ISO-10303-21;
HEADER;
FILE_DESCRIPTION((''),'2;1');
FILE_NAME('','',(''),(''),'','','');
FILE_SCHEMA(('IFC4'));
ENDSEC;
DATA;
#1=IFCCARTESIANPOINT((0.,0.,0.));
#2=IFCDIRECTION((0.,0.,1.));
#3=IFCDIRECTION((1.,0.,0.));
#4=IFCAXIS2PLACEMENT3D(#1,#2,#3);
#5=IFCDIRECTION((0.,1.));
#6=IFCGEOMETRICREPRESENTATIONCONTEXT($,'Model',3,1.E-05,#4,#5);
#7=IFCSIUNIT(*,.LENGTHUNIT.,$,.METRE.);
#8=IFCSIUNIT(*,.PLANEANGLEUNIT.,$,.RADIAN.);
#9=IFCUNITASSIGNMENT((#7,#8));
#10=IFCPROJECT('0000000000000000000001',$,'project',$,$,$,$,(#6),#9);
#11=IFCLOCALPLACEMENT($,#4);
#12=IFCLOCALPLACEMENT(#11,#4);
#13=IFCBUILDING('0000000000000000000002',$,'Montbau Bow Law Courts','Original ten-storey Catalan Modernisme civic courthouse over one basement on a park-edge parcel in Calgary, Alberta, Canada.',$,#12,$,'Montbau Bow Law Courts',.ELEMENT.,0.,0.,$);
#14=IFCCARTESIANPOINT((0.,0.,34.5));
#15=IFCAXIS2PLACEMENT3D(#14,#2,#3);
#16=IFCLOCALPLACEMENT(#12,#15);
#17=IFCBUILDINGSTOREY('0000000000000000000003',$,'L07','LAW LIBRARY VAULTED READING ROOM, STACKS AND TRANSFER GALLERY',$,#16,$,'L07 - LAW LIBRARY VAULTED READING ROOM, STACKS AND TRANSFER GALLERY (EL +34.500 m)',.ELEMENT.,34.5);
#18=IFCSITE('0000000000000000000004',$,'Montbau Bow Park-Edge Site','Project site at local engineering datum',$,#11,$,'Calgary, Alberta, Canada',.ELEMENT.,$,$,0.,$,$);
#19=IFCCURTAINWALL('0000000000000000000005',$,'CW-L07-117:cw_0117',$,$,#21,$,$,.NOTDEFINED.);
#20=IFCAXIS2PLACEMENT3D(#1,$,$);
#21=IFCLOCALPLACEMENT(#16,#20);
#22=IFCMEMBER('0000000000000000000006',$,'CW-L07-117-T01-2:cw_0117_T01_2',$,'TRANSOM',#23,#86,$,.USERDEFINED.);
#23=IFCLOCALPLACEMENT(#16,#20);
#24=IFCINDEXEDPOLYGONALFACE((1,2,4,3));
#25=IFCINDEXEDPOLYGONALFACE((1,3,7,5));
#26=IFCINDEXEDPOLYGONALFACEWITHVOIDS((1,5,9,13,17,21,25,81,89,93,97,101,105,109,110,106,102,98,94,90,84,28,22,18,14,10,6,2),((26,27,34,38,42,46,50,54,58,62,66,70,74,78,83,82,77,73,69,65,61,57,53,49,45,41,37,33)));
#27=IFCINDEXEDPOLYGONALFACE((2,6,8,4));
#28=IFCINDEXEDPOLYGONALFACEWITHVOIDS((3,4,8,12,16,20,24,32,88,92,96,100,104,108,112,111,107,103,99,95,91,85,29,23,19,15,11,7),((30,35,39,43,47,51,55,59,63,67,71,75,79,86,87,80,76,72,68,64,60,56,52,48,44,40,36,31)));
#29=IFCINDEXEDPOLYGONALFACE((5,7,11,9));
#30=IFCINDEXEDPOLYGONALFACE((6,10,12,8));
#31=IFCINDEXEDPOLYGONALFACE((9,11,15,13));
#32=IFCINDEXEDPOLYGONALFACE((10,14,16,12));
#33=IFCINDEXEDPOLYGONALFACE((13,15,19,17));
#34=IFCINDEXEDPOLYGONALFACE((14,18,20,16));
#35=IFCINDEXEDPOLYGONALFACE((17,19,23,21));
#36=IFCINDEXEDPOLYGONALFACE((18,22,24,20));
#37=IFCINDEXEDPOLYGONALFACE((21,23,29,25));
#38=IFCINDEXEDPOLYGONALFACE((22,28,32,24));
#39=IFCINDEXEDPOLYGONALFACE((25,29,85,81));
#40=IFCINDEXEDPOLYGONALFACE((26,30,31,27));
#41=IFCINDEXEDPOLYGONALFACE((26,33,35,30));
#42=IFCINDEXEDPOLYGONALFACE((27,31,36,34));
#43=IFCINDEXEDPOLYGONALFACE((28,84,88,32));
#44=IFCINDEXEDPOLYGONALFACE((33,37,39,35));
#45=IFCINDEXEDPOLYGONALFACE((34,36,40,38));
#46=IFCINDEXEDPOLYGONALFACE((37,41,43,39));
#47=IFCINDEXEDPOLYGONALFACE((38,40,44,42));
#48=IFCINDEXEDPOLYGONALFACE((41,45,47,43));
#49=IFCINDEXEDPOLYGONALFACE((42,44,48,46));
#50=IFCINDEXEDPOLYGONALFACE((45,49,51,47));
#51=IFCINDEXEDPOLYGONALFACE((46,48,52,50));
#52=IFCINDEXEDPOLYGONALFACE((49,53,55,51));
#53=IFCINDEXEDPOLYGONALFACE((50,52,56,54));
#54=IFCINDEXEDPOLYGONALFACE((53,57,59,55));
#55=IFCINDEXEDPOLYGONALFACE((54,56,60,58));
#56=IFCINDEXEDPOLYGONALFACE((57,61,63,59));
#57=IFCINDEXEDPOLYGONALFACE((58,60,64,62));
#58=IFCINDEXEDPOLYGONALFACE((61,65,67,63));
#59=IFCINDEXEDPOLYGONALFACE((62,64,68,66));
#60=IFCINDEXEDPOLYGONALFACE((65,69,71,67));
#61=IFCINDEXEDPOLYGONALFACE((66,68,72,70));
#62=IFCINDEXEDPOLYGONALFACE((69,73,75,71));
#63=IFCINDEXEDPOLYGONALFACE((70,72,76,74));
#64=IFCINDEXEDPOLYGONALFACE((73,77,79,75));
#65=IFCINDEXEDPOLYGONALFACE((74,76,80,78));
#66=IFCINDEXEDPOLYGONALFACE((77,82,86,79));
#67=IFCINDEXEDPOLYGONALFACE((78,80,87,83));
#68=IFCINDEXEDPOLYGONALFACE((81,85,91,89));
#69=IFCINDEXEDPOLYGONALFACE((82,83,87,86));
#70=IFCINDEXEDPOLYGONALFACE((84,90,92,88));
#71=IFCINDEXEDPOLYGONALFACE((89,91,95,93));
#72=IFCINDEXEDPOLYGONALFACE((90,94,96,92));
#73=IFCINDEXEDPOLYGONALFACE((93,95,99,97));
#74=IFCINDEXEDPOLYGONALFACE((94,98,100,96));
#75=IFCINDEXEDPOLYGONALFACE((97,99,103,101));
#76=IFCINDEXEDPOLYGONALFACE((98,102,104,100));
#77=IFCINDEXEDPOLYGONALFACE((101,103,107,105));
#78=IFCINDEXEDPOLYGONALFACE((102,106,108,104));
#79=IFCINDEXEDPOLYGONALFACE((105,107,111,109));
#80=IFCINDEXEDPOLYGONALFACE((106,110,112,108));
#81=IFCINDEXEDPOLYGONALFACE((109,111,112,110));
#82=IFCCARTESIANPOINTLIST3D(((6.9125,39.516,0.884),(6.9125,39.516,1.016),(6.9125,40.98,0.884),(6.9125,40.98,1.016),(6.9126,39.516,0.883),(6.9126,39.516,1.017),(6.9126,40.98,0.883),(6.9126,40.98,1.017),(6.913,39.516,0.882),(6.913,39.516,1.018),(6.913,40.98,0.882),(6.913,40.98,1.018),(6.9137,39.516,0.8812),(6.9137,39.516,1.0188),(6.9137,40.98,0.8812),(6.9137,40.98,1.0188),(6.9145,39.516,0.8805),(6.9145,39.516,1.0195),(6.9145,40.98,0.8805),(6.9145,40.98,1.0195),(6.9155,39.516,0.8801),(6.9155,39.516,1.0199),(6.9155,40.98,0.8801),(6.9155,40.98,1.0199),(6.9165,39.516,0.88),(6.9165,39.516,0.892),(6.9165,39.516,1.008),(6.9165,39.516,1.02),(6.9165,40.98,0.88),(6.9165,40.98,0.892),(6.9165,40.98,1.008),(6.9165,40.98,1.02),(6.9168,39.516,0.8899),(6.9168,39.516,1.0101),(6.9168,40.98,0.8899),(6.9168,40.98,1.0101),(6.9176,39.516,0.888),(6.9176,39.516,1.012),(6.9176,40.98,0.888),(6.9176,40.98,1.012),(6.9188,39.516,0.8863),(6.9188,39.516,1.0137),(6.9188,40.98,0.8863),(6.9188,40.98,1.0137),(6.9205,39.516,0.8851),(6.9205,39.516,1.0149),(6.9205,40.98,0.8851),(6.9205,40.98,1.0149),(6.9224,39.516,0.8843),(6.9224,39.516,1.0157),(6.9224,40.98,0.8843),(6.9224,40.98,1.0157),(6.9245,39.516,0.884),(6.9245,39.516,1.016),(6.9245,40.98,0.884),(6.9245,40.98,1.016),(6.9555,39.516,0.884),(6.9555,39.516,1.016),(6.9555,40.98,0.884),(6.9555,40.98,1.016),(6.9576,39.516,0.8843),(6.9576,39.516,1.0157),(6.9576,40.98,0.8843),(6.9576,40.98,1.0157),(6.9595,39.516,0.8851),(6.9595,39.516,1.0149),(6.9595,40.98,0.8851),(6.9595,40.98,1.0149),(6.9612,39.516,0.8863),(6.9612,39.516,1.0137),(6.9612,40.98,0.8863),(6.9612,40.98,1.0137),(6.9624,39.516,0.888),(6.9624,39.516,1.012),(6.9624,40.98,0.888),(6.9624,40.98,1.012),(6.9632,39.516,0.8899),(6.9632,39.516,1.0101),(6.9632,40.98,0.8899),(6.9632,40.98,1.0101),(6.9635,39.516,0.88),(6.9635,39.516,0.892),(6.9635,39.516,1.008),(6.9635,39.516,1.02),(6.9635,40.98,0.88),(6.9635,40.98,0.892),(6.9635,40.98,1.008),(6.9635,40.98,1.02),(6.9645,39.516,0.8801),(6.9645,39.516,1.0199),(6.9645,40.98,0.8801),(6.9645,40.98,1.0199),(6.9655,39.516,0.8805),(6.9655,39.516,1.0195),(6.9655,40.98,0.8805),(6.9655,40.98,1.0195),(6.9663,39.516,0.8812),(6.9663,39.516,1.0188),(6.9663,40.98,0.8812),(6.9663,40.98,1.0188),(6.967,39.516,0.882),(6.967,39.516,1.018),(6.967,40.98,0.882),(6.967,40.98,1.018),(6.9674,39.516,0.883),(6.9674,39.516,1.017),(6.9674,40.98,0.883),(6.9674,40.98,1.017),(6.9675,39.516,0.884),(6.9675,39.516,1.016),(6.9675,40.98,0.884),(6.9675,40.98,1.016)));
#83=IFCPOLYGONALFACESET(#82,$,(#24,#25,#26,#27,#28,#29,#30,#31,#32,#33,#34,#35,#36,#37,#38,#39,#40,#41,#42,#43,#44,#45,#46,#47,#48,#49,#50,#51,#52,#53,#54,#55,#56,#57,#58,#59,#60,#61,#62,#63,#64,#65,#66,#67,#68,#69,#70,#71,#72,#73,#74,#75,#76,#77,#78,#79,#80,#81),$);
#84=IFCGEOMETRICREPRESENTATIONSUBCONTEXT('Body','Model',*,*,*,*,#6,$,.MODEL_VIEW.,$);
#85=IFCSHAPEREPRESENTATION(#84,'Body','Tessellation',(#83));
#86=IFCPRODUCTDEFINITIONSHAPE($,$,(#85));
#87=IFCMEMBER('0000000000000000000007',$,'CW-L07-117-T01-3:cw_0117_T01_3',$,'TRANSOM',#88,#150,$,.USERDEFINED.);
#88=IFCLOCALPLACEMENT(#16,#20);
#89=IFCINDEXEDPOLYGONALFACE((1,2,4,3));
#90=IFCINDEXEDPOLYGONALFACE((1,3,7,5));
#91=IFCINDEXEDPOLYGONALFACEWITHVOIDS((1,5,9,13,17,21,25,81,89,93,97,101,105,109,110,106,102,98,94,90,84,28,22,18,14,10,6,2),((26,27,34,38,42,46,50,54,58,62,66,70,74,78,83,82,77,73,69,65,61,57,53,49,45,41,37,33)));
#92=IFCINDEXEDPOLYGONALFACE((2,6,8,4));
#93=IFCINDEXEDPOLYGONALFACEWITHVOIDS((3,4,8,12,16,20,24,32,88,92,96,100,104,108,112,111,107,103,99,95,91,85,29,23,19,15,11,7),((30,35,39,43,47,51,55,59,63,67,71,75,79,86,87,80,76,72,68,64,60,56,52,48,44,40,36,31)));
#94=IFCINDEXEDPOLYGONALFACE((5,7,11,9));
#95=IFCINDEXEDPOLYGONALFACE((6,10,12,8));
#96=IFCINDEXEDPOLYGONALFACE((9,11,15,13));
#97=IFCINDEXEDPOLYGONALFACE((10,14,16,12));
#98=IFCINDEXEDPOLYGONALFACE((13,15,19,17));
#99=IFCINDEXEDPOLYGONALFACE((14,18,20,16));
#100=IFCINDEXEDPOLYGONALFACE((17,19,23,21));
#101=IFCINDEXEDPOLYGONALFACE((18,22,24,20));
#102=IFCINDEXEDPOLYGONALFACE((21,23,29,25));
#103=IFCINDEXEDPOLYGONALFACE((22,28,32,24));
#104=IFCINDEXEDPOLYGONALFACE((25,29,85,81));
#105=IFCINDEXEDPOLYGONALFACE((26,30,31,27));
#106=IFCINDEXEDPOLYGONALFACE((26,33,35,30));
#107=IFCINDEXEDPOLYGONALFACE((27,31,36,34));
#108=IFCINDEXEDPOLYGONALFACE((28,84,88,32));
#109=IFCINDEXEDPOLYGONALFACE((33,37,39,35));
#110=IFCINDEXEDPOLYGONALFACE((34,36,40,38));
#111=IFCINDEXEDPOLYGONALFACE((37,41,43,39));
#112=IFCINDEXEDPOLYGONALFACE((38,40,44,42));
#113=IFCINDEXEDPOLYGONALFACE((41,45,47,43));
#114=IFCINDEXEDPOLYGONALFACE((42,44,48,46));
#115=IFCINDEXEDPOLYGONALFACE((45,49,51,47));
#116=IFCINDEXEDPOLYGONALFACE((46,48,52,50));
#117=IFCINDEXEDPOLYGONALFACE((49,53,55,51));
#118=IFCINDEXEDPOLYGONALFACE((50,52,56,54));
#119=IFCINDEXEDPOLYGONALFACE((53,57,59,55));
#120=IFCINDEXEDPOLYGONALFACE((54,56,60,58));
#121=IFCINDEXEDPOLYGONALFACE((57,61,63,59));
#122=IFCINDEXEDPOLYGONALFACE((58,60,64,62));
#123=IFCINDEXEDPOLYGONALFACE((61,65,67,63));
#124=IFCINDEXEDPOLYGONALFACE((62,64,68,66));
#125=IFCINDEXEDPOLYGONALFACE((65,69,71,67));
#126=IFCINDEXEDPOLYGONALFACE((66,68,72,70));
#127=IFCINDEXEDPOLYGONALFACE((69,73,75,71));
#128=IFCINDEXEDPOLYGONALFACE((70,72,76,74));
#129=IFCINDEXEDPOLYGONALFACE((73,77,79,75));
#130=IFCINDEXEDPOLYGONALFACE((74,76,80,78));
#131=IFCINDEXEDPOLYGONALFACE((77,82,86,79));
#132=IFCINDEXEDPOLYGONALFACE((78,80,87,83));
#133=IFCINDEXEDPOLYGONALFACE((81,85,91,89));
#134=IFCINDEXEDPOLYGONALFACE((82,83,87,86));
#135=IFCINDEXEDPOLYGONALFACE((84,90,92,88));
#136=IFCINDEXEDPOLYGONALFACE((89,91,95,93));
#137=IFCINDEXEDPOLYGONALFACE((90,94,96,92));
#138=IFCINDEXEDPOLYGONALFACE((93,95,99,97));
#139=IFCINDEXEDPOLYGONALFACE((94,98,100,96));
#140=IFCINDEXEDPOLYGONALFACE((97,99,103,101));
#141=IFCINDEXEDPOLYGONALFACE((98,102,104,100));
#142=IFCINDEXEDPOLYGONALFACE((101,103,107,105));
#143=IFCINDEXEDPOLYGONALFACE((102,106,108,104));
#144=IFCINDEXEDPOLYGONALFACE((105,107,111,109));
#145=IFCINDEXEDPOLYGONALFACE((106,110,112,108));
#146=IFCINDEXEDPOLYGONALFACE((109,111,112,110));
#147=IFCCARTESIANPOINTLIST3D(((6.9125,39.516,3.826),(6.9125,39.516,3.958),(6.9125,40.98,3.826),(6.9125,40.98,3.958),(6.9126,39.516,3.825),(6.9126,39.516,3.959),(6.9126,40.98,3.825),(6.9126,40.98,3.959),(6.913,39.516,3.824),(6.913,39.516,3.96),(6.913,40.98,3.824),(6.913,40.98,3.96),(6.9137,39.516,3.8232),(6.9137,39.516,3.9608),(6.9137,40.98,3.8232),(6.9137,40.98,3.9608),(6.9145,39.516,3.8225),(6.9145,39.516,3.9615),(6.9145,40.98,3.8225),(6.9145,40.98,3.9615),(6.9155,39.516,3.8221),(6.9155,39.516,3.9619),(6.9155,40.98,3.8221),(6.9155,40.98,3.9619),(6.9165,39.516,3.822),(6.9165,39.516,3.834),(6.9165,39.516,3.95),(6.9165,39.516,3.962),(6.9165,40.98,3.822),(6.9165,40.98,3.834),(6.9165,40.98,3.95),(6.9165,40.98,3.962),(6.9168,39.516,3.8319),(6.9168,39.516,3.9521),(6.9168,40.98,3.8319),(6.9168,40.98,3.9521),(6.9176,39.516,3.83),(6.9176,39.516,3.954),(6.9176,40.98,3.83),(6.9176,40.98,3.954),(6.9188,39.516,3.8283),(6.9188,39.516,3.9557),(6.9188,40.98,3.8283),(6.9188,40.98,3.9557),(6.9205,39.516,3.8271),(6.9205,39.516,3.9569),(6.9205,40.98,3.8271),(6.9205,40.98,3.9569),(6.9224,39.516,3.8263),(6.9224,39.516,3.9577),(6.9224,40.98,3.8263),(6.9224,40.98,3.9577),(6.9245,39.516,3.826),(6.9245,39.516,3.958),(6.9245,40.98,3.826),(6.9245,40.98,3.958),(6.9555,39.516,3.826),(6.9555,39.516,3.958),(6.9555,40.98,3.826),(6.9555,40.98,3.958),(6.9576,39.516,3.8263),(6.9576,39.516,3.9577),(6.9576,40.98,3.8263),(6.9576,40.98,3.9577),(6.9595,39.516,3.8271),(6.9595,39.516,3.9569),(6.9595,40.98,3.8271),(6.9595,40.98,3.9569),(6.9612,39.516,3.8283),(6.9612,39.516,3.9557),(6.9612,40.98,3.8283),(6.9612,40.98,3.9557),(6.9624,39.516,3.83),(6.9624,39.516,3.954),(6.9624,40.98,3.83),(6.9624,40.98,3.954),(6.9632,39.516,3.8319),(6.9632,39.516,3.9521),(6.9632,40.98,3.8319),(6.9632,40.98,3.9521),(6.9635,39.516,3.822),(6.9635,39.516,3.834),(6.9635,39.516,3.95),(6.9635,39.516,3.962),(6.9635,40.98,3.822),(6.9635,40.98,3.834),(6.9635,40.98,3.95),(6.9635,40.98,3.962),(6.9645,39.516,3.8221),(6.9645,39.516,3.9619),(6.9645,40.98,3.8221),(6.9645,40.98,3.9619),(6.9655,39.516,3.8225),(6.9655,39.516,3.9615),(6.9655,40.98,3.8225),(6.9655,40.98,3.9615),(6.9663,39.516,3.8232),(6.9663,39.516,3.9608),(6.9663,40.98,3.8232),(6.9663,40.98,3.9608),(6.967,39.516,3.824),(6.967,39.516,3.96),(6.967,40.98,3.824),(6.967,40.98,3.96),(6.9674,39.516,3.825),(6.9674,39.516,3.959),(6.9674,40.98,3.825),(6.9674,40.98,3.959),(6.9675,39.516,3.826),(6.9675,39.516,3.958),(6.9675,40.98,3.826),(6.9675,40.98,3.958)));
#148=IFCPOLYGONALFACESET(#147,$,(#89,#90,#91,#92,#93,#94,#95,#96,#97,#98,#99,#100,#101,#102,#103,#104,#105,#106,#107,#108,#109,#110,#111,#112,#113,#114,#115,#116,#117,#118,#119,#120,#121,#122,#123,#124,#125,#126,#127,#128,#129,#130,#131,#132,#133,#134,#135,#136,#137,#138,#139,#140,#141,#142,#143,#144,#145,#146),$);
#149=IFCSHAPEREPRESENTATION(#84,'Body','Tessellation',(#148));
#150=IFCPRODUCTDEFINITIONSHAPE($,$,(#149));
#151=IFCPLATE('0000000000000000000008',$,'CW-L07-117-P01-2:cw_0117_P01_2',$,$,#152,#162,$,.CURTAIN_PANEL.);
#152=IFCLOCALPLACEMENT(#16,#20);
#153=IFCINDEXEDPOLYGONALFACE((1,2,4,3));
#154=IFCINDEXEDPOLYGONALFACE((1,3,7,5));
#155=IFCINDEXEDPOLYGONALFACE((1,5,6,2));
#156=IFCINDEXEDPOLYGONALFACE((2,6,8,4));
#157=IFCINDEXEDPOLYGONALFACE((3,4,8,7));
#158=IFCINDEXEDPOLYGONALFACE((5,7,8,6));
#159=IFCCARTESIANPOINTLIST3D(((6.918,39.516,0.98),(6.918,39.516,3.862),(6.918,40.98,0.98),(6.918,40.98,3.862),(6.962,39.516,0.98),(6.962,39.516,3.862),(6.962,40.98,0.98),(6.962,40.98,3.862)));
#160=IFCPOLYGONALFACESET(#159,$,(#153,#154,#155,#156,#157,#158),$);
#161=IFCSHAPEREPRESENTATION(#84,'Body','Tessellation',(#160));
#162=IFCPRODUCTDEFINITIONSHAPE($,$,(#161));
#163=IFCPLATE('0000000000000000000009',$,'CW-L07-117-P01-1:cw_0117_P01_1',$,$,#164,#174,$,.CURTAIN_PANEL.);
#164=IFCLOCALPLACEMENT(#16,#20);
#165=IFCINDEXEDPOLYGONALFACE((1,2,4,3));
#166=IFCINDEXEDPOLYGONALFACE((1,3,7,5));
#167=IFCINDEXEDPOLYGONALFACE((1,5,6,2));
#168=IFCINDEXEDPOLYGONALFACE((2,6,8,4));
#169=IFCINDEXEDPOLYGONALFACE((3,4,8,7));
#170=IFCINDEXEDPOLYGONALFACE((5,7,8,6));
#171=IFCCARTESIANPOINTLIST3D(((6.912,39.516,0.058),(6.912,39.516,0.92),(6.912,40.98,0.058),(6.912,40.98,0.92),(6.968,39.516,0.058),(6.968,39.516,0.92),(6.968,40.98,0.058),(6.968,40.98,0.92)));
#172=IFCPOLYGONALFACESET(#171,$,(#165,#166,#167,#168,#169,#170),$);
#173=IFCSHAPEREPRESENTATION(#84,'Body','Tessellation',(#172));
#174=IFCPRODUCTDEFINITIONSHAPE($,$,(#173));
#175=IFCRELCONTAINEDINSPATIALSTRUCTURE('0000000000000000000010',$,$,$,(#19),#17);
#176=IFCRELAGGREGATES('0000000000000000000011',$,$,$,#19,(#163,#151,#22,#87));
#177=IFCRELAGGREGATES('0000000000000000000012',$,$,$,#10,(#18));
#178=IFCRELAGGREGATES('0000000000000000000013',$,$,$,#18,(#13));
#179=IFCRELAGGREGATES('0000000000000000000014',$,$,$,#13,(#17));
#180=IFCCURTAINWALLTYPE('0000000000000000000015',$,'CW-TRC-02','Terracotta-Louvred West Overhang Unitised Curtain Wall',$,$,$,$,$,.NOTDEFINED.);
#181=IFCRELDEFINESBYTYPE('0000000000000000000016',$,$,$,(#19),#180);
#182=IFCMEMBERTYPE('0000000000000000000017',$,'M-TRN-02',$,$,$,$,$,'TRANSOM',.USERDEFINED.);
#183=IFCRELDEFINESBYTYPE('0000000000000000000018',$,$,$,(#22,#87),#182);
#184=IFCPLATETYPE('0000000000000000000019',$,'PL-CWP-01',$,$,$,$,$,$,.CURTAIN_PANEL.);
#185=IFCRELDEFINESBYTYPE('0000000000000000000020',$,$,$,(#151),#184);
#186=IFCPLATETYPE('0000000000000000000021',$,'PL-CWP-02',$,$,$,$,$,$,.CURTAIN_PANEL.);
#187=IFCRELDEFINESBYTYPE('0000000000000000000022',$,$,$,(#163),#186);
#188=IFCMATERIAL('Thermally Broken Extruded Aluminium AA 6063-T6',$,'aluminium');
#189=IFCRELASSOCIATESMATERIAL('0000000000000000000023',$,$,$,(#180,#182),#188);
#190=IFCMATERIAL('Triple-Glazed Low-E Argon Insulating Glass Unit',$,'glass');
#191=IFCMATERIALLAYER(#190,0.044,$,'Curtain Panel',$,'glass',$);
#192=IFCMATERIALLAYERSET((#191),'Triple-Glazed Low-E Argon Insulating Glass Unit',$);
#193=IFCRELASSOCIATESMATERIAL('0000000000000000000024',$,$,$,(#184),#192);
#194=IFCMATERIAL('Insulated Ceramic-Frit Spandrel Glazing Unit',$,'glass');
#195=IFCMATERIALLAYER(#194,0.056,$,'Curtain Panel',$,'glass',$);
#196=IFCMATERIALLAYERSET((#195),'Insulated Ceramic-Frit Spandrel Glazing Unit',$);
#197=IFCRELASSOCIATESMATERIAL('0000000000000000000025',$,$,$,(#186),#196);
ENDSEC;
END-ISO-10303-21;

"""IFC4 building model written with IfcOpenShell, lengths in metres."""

from ifc_helpers import new_model, si_unit, direction, frame, frame_2d, origin_with_axes, origin_2d_with_axis, place, context, subcontext, project, spatial, rectangle, hollow_rectangle, extrude, material, layer, layer_set, material_profile, profile_set, type_object, element, aggregate, save


model = new_model("IFC4")

# Units and contexts
model_context = context("Model", 3, precision=1e-05, world=origin_with_axes(), true_north=direction((0.0, 1.0)))
body_context = subcontext(model_context, "Body", "Model", "MODEL_VIEW")
ifc_project = project(units=[si_unit("LENGTHUNIT", "METRE"), si_unit("PLANEANGLEUNIT", "RADIAN")], contexts=[model_context])

# Site, building, storey
site_placement = place(None, origin_with_axes())
site = spatial("IfcSite", under=ifc_project, at=site_placement, Name="Montbau Bow Park-Edge Site", Description="Project site at local engineering datum", LongName="Calgary, Alberta, Canada", CompositionType="ELEMENT", RefElevation=0.0)
building_placement = place(site_placement, origin_with_axes())
building = spatial("IfcBuilding", under=site, at=building_placement, Name="Montbau Bow Law Courts", Description="Original ten-storey Catalan Modernisme civic courthouse over one basement on a park-edge parcel in Calgary, Alberta, Canada.", LongName="Montbau Bow Law Courts", CompositionType="ELEMENT", ElevationOfRefHeight=0.0, ElevationOfTerrain=0.0)
storey_placement = place(building_placement, frame((0.0, 0.0, 34.5), z_axis=(0.0, 0.0, 1.0), x_axis=(1.0, 0.0, 0.0)))
storey = spatial("IfcBuildingStorey", under=building, at=storey_placement, Name="L07", Description="LAW LIBRARY VAULTED READING ROOM, STACKS AND TRANSFER GALLERY", LongName="L07 - LAW LIBRARY VAULTED READING ROOM, STACKS AND TRANSFER GALLERY (EL +34.500 m)", CompositionType="ELEMENT", Elevation=34.5)

# Curtain wall, members, plates
ifc_material_1 = material(Name="Thermally Broken Extruded Aluminium AA 6063-T6", Category="aluminium")
curtain_wall_type = type_object("IfcCurtainWallType", Name="CW-TRC-02", Description="Terracotta-Louvred West Overhang Unitised Curtain Wall", PredefinedType="NOTDEFINED", material=ifc_material_1)
curtain_wall_placement = place(None, frame((6.94, 39.44, 34.5), z_axis=(0.0, 0.0, 1.0), x_axis=(1.0, 0.0, 0.0)))
curtain_wall = element("IfcCurtainWall", 1, at=curtain_wall_placement, inside=storey, type_object=curtain_wall_type, Name="CW-L07-117:cw_0117", PredefinedType="NOTDEFINED")
ifc_material_profile_1 = material_profile(ifc_material_1, hollow_rectangle(XDim=0.055, YDim=0.14, WallThickness=0.004, InnerFilletRadius=0.008, OuterFilletRadius=0.004, at=origin_2d_with_axis()), Name="CWT-140X55", Category="Main", Priority=0)
ifc_profile_set_1 = profile_set([ifc_material_profile_1], Name="Thermally Broken Extruded Aluminium AA 6063-T6")
member_type_1 = type_object("IfcMemberType", Name="M-TRN-02", ElementType="TRANSOM", PredefinedType="USERDEFINED", material=ifc_profile_set_1)
member_1_placement = place(None, frame((6.94, 39.516, 35.45), z_axis=(0.0, 1.0, 0.0), x_axis=(-1.0, 0.0, 0.0)))
member_1 = element("IfcMember", 2, at=member_1_placement, type_object=member_type_1, Name="CW-L07-117-T01-2:cw_0117_T01_2", ObjectType="TRANSOM", PredefinedType="USERDEFINED", context=body_context, shape_type="SweptSolid", body=[
    extrude(hollow_rectangle(XDim=0.055, YDim=0.14, WallThickness=0.004, InnerFilletRadius=0.008, OuterFilletRadius=0.004, at=origin_2d_with_axis()), origin_with_axes(), (0.0, 0.0, 1.0), 1.464),
])
member_2_placement = place(None, frame((6.94, 39.516, 38.392), z_axis=(0.0, 1.0, 0.0), x_axis=(-1.0, 0.0, 0.0)))
member_2 = element("IfcMember", 3, at=member_2_placement, type_object=member_type_1, Name="CW-L07-117-T01-3:cw_0117_T01_3", ObjectType="TRANSOM", PredefinedType="USERDEFINED", context=body_context, shape_type="SweptSolid", body=[
    extrude(hollow_rectangle(XDim=0.055, YDim=0.14, WallThickness=0.004, InnerFilletRadius=0.008, OuterFilletRadius=0.004, at=origin_2d_with_axis()), origin_with_axes(), (0.0, 0.0, 1.0), 1.464),
])
ifc_material_2 = material(Name="Triple-Glazed Low-E Argon Insulating Glass Unit", Category="glass")
ifc_layer_1 = layer(ifc_material_2, 0.044, Name="Curtain Panel", Category="glass")
ifc_layer_set_1 = layer_set([ifc_layer_1], Name="Triple-Glazed Low-E Argon Insulating Glass Unit")
plate_type_1 = type_object("IfcPlateType", Name="PL-CWP-01", PredefinedType="CURTAIN_PANEL", material=ifc_layer_set_1)
plate_1_placement = place(None, frame((6.94, 39.516, 35.48), z_axis=(1.0, 0.0, 0.0), x_axis=(0.0, 1.0, 0.0)))
plate_1 = element("IfcPlate", 4, at=plate_1_placement, type_object=plate_type_1, Name="CW-L07-117-P01-2:cw_0117_P01_2", PredefinedType="CURTAIN_PANEL", context=body_context, shape_type="SweptSolid", body=[
    extrude(rectangle(XDim=1.464, YDim=2.882, at=frame_2d((0.732, 1.441), x_axis=(1.0, 0.0))), frame((0.0, 0.0, -0.022), z_axis=(0.0, 0.0, 1.0), x_axis=(1.0, 0.0, 0.0)), (0.0, 0.0, 1.0), 0.044),
])
ifc_material_3 = material(Name="Insulated Ceramic-Frit Spandrel Glazing Unit", Category="glass")
ifc_layer_2 = layer(ifc_material_3, 0.056, Name="Curtain Panel", Category="glass")
ifc_layer_set_2 = layer_set([ifc_layer_2], Name="Insulated Ceramic-Frit Spandrel Glazing Unit")
plate_type_2 = type_object("IfcPlateType", Name="PL-CWP-02", PredefinedType="CURTAIN_PANEL", material=ifc_layer_set_2)
plate_2_placement = place(None, frame((6.94, 39.516, 34.558), z_axis=(1.0, 0.0, 0.0), x_axis=(0.0, 1.0, 0.0)))
plate_2 = element("IfcPlate", 5, at=plate_2_placement, type_object=plate_type_2, Name="CW-L07-117-P01-1:cw_0117_P01_1", PredefinedType="CURTAIN_PANEL", context=body_context, shape_type="SweptSolid", body=[
    extrude(rectangle(XDim=1.464, YDim=0.862, at=frame_2d((0.732, 0.431), x_axis=(1.0, 0.0))), frame((0.0, 0.0, -0.028), z_axis=(0.0, 0.0, 1.0), x_axis=(1.0, 0.0, 0.0)), (0.0, 0.0, 1.0), 0.056),
])
aggregate(curtain_wall, [plate_2, plate_1, member_1, member_2])

save(model, "model.ifc")
